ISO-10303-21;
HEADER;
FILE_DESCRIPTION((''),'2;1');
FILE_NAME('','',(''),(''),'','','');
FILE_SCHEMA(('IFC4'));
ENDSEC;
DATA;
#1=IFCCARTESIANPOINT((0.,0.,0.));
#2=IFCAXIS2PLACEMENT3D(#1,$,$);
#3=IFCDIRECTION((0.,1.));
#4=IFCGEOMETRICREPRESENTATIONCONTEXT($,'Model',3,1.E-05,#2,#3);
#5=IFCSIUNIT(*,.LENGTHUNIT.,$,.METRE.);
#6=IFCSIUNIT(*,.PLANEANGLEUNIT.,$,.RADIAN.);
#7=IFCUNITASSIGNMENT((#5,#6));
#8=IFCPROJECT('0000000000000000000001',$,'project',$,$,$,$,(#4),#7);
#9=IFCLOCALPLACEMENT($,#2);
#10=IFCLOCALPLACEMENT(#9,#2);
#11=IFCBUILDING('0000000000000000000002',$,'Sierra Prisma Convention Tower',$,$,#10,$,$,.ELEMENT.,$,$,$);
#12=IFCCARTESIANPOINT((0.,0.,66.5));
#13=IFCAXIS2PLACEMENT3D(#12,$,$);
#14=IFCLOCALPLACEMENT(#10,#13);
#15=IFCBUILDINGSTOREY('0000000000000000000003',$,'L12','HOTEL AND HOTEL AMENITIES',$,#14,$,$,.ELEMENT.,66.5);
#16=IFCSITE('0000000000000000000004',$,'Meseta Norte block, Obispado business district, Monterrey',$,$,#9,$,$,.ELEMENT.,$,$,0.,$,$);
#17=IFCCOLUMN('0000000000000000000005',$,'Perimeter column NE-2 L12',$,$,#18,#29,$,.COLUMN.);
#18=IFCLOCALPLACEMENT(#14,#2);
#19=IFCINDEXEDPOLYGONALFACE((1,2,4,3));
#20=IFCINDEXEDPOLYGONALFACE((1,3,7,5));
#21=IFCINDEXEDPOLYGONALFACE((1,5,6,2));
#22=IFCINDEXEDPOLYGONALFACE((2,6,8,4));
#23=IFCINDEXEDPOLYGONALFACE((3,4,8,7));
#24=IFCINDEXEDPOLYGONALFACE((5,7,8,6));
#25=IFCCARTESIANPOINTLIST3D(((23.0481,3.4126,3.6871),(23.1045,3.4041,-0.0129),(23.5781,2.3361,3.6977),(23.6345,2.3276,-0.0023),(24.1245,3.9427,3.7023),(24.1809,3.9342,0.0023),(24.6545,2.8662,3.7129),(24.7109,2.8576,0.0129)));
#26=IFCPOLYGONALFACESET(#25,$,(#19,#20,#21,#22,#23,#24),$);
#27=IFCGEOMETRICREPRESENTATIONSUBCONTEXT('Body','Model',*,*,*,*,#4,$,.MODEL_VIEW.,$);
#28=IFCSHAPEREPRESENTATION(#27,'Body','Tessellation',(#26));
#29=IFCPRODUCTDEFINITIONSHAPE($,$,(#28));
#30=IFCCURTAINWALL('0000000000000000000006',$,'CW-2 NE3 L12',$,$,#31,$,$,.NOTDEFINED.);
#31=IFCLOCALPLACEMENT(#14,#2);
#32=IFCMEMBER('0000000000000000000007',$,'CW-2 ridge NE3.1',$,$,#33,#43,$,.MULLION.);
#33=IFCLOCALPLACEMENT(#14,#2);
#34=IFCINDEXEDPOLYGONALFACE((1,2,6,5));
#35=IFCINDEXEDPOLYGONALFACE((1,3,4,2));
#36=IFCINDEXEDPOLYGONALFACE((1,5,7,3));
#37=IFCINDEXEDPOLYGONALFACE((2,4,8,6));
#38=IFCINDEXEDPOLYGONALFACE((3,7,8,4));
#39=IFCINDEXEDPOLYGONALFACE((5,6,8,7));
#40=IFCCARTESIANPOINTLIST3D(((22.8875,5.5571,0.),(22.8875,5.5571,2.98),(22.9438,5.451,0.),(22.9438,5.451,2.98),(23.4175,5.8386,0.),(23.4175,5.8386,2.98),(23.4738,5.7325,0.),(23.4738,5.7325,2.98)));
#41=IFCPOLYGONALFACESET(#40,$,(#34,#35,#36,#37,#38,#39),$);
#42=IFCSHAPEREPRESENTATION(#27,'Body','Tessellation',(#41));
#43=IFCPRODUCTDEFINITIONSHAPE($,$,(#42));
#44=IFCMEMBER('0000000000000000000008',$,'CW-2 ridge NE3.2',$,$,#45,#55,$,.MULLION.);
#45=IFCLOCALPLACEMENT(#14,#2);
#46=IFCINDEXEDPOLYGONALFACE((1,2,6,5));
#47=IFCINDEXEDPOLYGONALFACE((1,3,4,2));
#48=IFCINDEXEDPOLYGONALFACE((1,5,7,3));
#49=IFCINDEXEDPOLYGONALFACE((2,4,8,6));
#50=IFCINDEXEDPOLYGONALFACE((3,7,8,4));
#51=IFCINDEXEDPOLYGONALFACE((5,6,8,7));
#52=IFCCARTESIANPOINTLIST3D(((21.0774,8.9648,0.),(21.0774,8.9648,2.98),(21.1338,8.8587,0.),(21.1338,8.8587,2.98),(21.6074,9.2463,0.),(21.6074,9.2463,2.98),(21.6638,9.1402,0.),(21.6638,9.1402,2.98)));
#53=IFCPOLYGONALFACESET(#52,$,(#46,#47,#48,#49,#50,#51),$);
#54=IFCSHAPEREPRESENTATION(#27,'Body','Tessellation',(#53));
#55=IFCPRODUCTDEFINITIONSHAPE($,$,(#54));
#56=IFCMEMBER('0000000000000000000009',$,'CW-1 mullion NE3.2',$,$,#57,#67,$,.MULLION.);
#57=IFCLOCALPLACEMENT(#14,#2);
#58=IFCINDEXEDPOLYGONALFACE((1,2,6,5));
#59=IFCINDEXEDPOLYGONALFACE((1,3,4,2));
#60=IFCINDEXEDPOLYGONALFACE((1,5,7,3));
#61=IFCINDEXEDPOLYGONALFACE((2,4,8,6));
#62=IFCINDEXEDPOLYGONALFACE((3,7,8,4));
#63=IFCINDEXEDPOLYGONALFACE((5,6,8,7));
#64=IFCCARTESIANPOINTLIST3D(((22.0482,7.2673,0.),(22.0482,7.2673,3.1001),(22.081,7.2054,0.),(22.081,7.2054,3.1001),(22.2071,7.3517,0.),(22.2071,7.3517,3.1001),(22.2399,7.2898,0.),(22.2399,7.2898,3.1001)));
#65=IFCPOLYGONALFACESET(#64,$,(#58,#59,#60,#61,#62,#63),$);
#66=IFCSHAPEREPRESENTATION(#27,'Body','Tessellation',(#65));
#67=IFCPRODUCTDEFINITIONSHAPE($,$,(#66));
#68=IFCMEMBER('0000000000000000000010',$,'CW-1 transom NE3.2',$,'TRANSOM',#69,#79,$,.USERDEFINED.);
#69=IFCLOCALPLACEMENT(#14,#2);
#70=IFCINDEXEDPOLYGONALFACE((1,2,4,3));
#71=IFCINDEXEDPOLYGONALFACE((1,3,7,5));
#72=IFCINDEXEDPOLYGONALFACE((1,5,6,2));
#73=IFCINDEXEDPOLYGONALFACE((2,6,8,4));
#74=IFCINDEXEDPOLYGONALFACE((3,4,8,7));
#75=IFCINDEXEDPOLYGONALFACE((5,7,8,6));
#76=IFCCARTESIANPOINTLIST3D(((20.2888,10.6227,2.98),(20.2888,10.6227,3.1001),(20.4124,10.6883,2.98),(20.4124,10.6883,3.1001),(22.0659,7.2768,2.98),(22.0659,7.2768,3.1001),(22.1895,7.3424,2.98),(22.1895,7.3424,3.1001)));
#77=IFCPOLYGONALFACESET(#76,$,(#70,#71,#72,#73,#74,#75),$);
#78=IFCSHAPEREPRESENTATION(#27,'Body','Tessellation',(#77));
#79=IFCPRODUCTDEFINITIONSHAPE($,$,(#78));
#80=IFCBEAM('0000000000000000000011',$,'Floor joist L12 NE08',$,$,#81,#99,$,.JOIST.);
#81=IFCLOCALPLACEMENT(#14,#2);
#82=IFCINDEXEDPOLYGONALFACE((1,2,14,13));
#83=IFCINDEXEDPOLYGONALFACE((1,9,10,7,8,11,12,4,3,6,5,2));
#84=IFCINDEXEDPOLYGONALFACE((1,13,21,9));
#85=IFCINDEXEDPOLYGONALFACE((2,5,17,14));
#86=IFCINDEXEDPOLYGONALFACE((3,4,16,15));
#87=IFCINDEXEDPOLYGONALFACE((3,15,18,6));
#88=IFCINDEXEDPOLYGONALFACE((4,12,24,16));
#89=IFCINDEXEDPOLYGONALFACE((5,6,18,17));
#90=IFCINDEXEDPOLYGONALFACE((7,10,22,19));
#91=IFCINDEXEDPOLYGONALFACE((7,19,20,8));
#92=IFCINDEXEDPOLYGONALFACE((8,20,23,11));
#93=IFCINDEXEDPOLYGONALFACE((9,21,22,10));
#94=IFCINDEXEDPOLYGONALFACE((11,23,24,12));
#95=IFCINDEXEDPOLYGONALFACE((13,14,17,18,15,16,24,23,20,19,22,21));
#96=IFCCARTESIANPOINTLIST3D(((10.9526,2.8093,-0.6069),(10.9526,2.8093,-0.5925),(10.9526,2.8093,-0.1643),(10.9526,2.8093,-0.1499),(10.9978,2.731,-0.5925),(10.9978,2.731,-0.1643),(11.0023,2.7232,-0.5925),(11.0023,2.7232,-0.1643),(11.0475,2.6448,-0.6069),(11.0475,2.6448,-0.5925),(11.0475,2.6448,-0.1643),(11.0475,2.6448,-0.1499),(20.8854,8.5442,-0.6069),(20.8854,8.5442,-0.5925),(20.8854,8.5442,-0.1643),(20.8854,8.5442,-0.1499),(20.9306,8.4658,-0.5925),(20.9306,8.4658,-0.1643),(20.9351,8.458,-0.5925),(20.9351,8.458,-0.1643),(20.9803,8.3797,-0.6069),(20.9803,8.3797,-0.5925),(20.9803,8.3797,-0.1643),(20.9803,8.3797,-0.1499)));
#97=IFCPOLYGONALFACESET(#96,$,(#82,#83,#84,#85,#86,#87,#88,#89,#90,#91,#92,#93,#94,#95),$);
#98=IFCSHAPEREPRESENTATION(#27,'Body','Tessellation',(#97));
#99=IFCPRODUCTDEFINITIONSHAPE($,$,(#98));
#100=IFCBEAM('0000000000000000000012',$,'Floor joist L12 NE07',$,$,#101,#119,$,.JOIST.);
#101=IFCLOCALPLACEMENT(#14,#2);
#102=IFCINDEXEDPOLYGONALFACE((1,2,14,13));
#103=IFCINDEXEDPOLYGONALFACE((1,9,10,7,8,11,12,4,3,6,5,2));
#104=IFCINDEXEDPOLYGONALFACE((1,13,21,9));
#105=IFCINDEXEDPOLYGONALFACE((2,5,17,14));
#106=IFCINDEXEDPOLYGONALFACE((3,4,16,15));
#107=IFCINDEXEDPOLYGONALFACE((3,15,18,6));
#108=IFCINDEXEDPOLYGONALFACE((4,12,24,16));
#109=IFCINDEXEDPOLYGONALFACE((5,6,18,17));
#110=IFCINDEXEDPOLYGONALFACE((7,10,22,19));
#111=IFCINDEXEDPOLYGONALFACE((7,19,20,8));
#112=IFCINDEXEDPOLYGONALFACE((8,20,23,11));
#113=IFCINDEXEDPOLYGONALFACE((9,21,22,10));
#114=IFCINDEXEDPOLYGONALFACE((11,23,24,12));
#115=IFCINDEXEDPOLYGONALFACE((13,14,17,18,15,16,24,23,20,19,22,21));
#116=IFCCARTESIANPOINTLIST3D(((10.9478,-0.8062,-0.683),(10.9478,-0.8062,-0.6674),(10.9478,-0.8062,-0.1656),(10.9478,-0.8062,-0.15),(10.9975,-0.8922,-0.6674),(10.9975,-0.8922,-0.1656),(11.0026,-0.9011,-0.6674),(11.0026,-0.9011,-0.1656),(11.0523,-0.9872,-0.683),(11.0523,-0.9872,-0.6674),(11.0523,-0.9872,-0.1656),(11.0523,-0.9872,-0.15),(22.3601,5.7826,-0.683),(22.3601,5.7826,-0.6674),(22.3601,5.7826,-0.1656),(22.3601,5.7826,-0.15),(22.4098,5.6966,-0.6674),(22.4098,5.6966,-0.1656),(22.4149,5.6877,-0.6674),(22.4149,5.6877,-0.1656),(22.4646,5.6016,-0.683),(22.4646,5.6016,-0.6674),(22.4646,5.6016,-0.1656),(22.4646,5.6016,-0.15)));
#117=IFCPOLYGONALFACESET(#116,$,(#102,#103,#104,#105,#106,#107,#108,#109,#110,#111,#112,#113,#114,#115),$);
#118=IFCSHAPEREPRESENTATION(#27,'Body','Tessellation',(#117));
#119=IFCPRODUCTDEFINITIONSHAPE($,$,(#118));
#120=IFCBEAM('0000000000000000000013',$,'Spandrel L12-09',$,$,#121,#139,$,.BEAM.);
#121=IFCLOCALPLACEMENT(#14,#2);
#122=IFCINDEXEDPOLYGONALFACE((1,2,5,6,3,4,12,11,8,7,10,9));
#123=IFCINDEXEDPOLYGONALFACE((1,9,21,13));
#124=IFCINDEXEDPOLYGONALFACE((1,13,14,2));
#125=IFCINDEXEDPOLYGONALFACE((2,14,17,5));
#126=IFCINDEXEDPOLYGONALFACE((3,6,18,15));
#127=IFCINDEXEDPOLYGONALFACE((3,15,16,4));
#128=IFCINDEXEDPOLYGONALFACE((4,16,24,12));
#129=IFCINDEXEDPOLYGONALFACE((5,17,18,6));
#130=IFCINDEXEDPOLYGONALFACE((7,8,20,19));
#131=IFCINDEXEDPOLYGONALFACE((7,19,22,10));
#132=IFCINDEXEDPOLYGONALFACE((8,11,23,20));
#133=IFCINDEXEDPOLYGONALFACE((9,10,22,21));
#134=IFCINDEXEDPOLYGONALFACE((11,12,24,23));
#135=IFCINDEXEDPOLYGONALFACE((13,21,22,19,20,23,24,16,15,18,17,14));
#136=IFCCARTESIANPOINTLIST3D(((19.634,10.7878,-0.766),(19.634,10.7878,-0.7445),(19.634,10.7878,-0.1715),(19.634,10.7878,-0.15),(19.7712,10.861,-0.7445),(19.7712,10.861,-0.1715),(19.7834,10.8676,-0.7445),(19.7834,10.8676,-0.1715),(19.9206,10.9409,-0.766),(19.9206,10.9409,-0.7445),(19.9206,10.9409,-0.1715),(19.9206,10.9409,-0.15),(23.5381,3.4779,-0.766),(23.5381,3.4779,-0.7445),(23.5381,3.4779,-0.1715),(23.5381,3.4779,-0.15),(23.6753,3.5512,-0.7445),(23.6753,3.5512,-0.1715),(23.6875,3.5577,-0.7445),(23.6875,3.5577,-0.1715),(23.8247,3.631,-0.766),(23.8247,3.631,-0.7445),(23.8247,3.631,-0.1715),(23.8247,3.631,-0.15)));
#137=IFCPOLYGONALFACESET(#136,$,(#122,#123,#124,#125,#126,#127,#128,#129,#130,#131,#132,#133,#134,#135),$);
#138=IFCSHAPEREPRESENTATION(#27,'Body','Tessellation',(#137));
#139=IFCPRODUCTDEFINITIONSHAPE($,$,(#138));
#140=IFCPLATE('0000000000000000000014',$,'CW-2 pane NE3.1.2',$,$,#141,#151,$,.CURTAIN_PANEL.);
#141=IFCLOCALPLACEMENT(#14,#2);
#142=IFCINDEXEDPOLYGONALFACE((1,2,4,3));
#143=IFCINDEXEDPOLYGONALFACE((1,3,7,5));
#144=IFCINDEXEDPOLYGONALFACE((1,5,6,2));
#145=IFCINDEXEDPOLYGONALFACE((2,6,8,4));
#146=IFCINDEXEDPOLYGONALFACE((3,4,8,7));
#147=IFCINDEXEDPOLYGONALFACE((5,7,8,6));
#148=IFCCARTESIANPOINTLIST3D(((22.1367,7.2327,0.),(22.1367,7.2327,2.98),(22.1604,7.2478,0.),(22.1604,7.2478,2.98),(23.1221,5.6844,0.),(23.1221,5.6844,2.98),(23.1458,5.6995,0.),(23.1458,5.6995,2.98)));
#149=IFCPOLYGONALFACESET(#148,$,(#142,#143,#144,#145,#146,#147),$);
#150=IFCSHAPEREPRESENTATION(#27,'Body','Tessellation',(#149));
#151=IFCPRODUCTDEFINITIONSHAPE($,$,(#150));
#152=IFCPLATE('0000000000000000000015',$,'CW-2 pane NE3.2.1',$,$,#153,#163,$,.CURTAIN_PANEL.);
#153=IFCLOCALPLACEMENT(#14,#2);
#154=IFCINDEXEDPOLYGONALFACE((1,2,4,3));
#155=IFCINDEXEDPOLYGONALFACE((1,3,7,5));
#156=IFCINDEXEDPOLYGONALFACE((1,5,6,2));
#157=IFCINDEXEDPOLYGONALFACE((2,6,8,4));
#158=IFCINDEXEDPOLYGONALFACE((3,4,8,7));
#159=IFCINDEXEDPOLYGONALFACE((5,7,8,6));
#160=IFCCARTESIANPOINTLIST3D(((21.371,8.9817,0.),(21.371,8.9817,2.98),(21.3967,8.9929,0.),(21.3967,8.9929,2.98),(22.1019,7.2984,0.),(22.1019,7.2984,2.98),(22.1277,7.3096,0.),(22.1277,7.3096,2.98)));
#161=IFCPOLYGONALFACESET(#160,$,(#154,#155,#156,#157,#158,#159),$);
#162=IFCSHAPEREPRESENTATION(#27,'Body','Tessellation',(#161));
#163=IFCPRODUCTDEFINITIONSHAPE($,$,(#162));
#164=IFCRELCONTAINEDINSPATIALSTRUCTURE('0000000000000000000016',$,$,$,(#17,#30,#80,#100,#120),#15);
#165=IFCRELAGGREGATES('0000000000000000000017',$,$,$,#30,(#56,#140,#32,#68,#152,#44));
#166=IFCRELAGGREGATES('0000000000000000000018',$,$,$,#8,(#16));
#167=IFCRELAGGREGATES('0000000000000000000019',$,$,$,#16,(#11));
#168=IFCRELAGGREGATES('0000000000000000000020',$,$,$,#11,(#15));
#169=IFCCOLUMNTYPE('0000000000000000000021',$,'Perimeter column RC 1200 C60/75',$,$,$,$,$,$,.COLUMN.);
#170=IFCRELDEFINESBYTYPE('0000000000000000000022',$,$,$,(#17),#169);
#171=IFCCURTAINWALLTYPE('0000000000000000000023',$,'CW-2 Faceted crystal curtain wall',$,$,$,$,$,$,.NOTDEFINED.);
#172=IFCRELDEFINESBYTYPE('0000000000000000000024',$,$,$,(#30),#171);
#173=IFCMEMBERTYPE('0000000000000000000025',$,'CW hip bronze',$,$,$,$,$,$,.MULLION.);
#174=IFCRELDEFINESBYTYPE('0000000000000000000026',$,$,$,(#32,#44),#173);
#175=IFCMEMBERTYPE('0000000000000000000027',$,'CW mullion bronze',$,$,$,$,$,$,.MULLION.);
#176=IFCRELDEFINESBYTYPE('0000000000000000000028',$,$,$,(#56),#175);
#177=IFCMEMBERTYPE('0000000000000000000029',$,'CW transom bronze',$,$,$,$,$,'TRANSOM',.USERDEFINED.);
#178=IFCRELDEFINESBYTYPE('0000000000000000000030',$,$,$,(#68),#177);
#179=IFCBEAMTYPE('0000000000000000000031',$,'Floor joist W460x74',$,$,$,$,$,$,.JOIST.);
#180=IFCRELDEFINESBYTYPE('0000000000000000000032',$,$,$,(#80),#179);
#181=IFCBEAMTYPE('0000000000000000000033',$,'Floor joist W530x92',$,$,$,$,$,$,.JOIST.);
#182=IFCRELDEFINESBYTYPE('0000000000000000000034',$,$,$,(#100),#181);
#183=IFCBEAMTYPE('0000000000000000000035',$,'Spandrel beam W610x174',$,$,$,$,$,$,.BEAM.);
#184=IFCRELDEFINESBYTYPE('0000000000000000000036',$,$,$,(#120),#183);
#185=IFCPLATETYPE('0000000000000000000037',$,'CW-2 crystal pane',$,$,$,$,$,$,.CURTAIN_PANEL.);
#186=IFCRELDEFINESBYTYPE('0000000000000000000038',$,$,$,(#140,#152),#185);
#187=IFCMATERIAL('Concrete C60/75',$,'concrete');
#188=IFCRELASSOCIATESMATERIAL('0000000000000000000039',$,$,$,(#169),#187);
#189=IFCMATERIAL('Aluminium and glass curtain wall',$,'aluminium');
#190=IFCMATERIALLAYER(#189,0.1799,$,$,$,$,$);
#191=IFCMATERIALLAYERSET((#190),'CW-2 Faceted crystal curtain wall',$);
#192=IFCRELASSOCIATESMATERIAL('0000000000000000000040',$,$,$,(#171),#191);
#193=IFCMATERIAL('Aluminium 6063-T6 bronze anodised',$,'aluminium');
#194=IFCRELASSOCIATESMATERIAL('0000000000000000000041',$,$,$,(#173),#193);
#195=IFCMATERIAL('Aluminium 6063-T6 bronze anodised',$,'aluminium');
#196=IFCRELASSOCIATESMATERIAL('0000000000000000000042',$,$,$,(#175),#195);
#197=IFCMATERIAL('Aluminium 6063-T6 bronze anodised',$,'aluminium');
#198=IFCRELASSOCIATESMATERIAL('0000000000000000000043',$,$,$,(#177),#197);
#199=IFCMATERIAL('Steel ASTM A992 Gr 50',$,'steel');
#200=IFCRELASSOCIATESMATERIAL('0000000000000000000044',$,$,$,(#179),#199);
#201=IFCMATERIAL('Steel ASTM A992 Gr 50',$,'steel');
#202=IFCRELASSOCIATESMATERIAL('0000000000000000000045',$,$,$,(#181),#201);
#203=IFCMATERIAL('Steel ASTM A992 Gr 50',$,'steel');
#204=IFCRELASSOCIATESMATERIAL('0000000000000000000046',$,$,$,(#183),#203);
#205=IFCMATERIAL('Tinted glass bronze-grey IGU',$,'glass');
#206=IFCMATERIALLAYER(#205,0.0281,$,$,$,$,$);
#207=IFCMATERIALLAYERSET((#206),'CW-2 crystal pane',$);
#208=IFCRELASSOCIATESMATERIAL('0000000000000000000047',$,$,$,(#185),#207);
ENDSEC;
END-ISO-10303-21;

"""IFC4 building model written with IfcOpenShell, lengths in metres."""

from ifc_helpers import new_model, si_unit, direction, frame, origin, origin_2d, place, context, subcontext, project, spatial, polyline, rectangle, i_section, outline, extrude, material, layer, layer_set, material_profile, profile_set, type_object, element, aggregate, save


model = new_model("IFC4")

# Units and contexts
model_context = context("Model", 3, precision=1e-05, world=origin(), true_north=direction((0.0, 1.0)))
body_context = subcontext(model_context, "Body", "Model", "MODEL_VIEW")
ifc_project = project(units=[si_unit("LENGTHUNIT", "METRE"), si_unit("PLANEANGLEUNIT", "RADIAN")], contexts=[model_context])

# Site, building, storey
site_placement = place(None, origin())
site = spatial("IfcSite", under=ifc_project, at=site_placement, Name="Meseta Norte block, Obispado business district, Monterrey", CompositionType="ELEMENT", RefElevation=0.0)
building_placement = place(site_placement, origin())
building = spatial("IfcBuilding", under=site, at=building_placement, Name="Sierra Prisma Convention Tower", CompositionType="ELEMENT")
storey_placement = place(building_placement, frame((0.0, 0.0, 66.5)))
storey = spatial("IfcBuildingStorey", under=building, at=storey_placement, Name="L12", Description="HOTEL AND HOTEL AMENITIES", CompositionType="ELEMENT", Elevation=66.5)

# Column
ifc_material_1 = material(Name="Concrete C60/75", Category="concrete")
ifc_material_profile_1 = material_profile(ifc_material_1, rectangle(XDim=1.2, YDim=1.2, at=origin_2d()), Name="Perimeter column RC 1200 C60/75")
ifc_profile_set_1 = profile_set([ifc_material_profile_1], Name="Concrete C60/75")
column_type = type_object("IfcColumnType", Name="Perimeter column RC 1200 C60/75", PredefinedType="COLUMN", material=ifc_profile_set_1)
column_placement = place(storey_placement, frame((23.9077, 3.1309, 0.0), z_axis=(-0.015241, 0.002309, 0.999881), x_axis=(-0.441668, 0.897136, -0.008804)))
element("IfcColumn", 1, at=column_placement, inside=storey, type_object=column_type, Name="Perimeter column NE-2 L12", PredefinedType="COLUMN", context=body_context, shape_type="SweptSolid", body=[
    extrude(rectangle(XDim=1.2, YDim=1.2, at=origin_2d()), origin(), (0.0, 0.0, 1.0), 3.7004),
])

# Curtain wall, members
ifc_material_2 = material(Name="Aluminium and glass curtain wall", Category="aluminium")
ifc_layer_1 = layer(ifc_material_2, 0.1799)
ifc_layer_set_1 = layer_set([ifc_layer_1], Name="CW-2 Faceted crystal curtain wall")
curtain_wall_type = type_object("IfcCurtainWallType", Name="CW-2 Faceted crystal curtain wall", PredefinedType="NOTDEFINED", material=ifc_layer_set_1)
curtain_wall_placement = place(storey_placement, origin())
curtain_wall = element("IfcCurtainWall", 2, at=curtain_wall_placement, inside=storey, type_object=curtain_wall_type, Name="CW-2 NE3 L12", PredefinedType="NOTDEFINED")
ifc_material_3 = material(Name="Aluminium 6063-T6 bronze anodised", Category="aluminium")
ifc_material_profile_2 = material_profile(ifc_material_3, rectangle(XDim=0.1201, YDim=0.6001, at=origin_2d()), Name="ALU RIDGE BLADE 120x600")
ifc_profile_set_2 = profile_set([ifc_material_profile_2], Name="Aluminium 6063-T6 bronze anodised")
member_type_1 = type_object("IfcMemberType", Name="CW hip bronze", PredefinedType="MULLION", material=ifc_profile_set_2)
member_1_placement = place(storey_placement, frame((23.1807, 5.6448, 0.0), z_axis=(0.0, 0.0, 1.0), x_axis=(-0.469079, 0.883156, 0.0)))
member_1 = element("IfcMember", 3, at=member_1_placement, type_object=member_type_1, Name="CW-2 ridge NE3.1", PredefinedType="MULLION", context=body_context, shape_type="SweptSolid", body=[
    extrude(rectangle(XDim=0.1201, YDim=0.6001, at=origin_2d()), origin(), (0.0, 0.0, 1.0), 2.98),
])
member_2_placement = place(storey_placement, frame((21.3706, 9.0525, 0.0), z_axis=(0.0, 0.0, 1.0), x_axis=(-0.469079, 0.883156, 0.0)))
member_2 = element("IfcMember", 4, at=member_2_placement, type_object=member_type_1, Name="CW-2 ridge NE3.2", PredefinedType="MULLION", context=body_context, shape_type="SweptSolid", body=[
    extrude(rectangle(XDim=0.1201, YDim=0.6001, at=origin_2d()), origin(), (0.0, 0.0, 1.0), 2.98),
])
ifc_material_4 = material(Name="Aluminium 6063-T6 bronze anodised", Category="aluminium")
ifc_material_profile_3 = material_profile(ifc_material_4, rectangle(XDim=0.1799, YDim=0.0701, at=origin_2d()), Name="ALU MULLION 70x180")
ifc_profile_set_3 = profile_set([ifc_material_profile_3], Name="Aluminium 6063-T6 bronze anodised")
member_type_2 = type_object("IfcMemberType", Name="CW mullion bronze", PredefinedType="MULLION", material=ifc_profile_set_3)
member_3_placement = place(storey_placement, frame((22.144, 7.2786, 0.0), z_axis=(0.0, 0.0, 1.0), x_axis=(-0.883156, -0.469079, 0.0)))
member_3 = element("IfcMember", 5, at=member_3_placement, type_object=member_type_2, Name="CW-1 mullion NE3.2", PredefinedType="MULLION", context=body_context, shape_type="SweptSolid", body=[
    extrude(rectangle(XDim=0.1799, YDim=0.0701, at=origin_2d()), origin(), (0.0, 0.0, 1.0), 3.1001),
])
ifc_material_5 = material(Name="Aluminium 6063-T6 bronze anodised", Category="aluminium")
ifc_material_profile_4 = material_profile(ifc_material_5, rectangle(XDim=0.1399, YDim=0.1201, at=origin_2d()), Name="ALU TRANSOM 120x140")
ifc_profile_set_4 = profile_set([ifc_material_profile_4], Name="Aluminium 6063-T6 bronze anodised")
member_type_3 = type_object("IfcMemberType", Name="CW transom bronze", ElementType="TRANSOM", PredefinedType="USERDEFINED", material=ifc_profile_set_4)
member_4_placement = place(storey_placement, frame((22.1277, 7.3096, 3.04), z_axis=(-0.469066, 0.883163, 0.0), x_axis=(-0.883163, -0.469066, 0.0)))
member_4 = element("IfcMember", 6, at=member_4_placement, type_object=member_type_3, Name="CW-1 transom NE3.2", ObjectType="TRANSOM", PredefinedType="USERDEFINED", context=body_context, shape_type="SweptSolid", body=[
    extrude(rectangle(XDim=0.1399, YDim=0.1201, at=origin_2d()), origin(), (0.0, 0.0, 1.0), 3.7886),
])

# Beams
ifc_material_6 = material(Name="Steel ASTM A992 Gr 50", Category="steel")
ifc_material_profile_5 = material_profile(ifc_material_6, i_section(OverallWidth=0.1899, OverallDepth=0.457, WebThickness=0.009, FlangeThickness=0.0144, at=origin_2d()), Name="W460x74")
ifc_profile_set_5 = profile_set([ifc_material_profile_5], Name="Steel ASTM A992 Gr 50")
beam_type_1 = type_object("IfcBeamType", Name="Floor joist W460x74", PredefinedType="JOIST", material=ifc_profile_set_5)
beam_1_placement = place(storey_placement, frame((20.9329, 8.4619, -0.3784), z_axis=(-0.866021, -0.500008, 0.0), x_axis=(0.500008, -0.866021, 0.0)))
element("IfcBeam", 7, at=beam_1_placement, inside=storey, type_object=beam_type_1, Name="Floor joist L12 NE08", PredefinedType="JOIST", context=body_context, shape_type="SweptSolid", body=[
    extrude(i_section(OverallWidth=0.1899, OverallDepth=0.457, WebThickness=0.009, FlangeThickness=0.0144, at=origin_2d()), origin(), (0.0, 0.0, 1.0), 11.4695),
])
ifc_material_7 = material(Name="Steel ASTM A992 Gr 50", Category="steel")
ifc_material_profile_6 = material_profile(ifc_material_7, i_section(OverallWidth=0.209, OverallDepth=0.533, WebThickness=0.0103, FlangeThickness=0.0156, at=origin_2d()), Name="W530x92")
ifc_profile_set_6 = profile_set([ifc_material_profile_6], Name="Steel ASTM A992 Gr 50")
beam_type_2 = type_object("IfcBeamType", Name="Floor joist W530x92", PredefinedType="JOIST", material=ifc_profile_set_6)
beam_2_placement = place(storey_placement, frame((22.4124, 5.6921, -0.4165), z_axis=(-0.866027, -0.499997, 0.0), x_axis=(0.499997, -0.866027, 0.0)))
element("IfcBeam", 8, at=beam_2_placement, inside=storey, type_object=beam_type_2, Name="Floor joist L12 NE07", PredefinedType="JOIST", context=body_context, shape_type="SweptSolid", body=[
    extrude(i_section(OverallWidth=0.209, OverallDepth=0.533, WebThickness=0.0103, FlangeThickness=0.0156, at=origin_2d()), origin(), (0.0, 0.0, 1.0), 13.1777),
])
ifc_material_8 = material(Name="Steel ASTM A992 Gr 50", Category="steel")
ifc_material_profile_7 = material_profile(ifc_material_8, i_section(OverallWidth=0.325, OverallDepth=0.616, WebThickness=0.0139, FlangeThickness=0.0215, at=origin_2d()), Name="W610x174")
ifc_profile_set_7 = profile_set([ifc_material_profile_7], Name="Steel ASTM A992 Gr 50")
beam_type_3 = type_object("IfcBeamType", Name="Spandrel beam W610x174", PredefinedType="BEAM", material=ifc_profile_set_7)
beam_3_placement = place(storey_placement, frame((23.6814, 3.5544, -0.458), z_axis=(-0.471103, 0.882078, 0.0), x_axis=(-0.882078, -0.471103, 0.0)))
element("IfcBeam", 9, at=beam_3_placement, inside=storey, type_object=beam_type_3, Name="Spandrel L12-09", PredefinedType="BEAM", context=body_context, shape_type="SweptSolid", body=[
    extrude(i_section(OverallWidth=0.325, OverallDepth=0.616, WebThickness=0.0139, FlangeThickness=0.0215, at=origin_2d()), origin(), (0.0, 0.0, 1.0), 8.2871),
])

# Plates
ifc_material_9 = material(Name="Tinted glass bronze-grey IGU", Category="glass")
ifc_layer_2 = layer(ifc_material_9, 0.0281)
ifc_layer_set_2 = layer_set([ifc_layer_2], Name="CW-2 crystal pane")
plate_type = type_object("IfcPlateType", Name="CW-2 crystal pane", PredefinedType="CURTAIN_PANEL", material=ifc_layer_set_2)
plate_1_placement = place(storey_placement, frame((22.1604, 7.2478, 0.0), z_axis=(0.843651, 0.536893, 0.0), x_axis=(0.536893, -0.843651, 0.0)))
plate_1 = element("IfcPlate", 10, at=plate_1_placement, type_object=plate_type, Name="CW-2 pane NE3.1.2", PredefinedType="CURTAIN_PANEL", context=body_context, shape_type="SweptSolid", body=[
    extrude(outline(polyline([(0.0, 0.0), (1.8353, 0.0), (1.8353, -2.98), (0.0, -2.98), (0.0, 0.0)])), origin(), (0.0, 0.0, -1.0), 0.0281),
])
plate_2_placement = place(storey_placement, frame((22.1277, 7.3096, 0.0), z_axis=(0.917256, 0.398298, 0.0), x_axis=(-0.398298, 0.917256, 0.0)))
plate_2 = element("IfcPlate", 11, at=plate_2_placement, type_object=plate_type, Name="CW-2 pane NE3.2.1", PredefinedType="CURTAIN_PANEL", context=body_context, shape_type="SweptSolid", body=[
    extrude(outline(polyline([(0.0, 0.0), (1.8352, 0.0), (1.8352, 2.98), (0.0, 2.98), (0.0, 0.0)])), origin(), (0.0, 0.0, -1.0), 0.0281),
])
aggregate(curtain_wall, [member_3, plate_1, member_1, member_4, plate_2, member_2])

save(model, "model.ifc")
